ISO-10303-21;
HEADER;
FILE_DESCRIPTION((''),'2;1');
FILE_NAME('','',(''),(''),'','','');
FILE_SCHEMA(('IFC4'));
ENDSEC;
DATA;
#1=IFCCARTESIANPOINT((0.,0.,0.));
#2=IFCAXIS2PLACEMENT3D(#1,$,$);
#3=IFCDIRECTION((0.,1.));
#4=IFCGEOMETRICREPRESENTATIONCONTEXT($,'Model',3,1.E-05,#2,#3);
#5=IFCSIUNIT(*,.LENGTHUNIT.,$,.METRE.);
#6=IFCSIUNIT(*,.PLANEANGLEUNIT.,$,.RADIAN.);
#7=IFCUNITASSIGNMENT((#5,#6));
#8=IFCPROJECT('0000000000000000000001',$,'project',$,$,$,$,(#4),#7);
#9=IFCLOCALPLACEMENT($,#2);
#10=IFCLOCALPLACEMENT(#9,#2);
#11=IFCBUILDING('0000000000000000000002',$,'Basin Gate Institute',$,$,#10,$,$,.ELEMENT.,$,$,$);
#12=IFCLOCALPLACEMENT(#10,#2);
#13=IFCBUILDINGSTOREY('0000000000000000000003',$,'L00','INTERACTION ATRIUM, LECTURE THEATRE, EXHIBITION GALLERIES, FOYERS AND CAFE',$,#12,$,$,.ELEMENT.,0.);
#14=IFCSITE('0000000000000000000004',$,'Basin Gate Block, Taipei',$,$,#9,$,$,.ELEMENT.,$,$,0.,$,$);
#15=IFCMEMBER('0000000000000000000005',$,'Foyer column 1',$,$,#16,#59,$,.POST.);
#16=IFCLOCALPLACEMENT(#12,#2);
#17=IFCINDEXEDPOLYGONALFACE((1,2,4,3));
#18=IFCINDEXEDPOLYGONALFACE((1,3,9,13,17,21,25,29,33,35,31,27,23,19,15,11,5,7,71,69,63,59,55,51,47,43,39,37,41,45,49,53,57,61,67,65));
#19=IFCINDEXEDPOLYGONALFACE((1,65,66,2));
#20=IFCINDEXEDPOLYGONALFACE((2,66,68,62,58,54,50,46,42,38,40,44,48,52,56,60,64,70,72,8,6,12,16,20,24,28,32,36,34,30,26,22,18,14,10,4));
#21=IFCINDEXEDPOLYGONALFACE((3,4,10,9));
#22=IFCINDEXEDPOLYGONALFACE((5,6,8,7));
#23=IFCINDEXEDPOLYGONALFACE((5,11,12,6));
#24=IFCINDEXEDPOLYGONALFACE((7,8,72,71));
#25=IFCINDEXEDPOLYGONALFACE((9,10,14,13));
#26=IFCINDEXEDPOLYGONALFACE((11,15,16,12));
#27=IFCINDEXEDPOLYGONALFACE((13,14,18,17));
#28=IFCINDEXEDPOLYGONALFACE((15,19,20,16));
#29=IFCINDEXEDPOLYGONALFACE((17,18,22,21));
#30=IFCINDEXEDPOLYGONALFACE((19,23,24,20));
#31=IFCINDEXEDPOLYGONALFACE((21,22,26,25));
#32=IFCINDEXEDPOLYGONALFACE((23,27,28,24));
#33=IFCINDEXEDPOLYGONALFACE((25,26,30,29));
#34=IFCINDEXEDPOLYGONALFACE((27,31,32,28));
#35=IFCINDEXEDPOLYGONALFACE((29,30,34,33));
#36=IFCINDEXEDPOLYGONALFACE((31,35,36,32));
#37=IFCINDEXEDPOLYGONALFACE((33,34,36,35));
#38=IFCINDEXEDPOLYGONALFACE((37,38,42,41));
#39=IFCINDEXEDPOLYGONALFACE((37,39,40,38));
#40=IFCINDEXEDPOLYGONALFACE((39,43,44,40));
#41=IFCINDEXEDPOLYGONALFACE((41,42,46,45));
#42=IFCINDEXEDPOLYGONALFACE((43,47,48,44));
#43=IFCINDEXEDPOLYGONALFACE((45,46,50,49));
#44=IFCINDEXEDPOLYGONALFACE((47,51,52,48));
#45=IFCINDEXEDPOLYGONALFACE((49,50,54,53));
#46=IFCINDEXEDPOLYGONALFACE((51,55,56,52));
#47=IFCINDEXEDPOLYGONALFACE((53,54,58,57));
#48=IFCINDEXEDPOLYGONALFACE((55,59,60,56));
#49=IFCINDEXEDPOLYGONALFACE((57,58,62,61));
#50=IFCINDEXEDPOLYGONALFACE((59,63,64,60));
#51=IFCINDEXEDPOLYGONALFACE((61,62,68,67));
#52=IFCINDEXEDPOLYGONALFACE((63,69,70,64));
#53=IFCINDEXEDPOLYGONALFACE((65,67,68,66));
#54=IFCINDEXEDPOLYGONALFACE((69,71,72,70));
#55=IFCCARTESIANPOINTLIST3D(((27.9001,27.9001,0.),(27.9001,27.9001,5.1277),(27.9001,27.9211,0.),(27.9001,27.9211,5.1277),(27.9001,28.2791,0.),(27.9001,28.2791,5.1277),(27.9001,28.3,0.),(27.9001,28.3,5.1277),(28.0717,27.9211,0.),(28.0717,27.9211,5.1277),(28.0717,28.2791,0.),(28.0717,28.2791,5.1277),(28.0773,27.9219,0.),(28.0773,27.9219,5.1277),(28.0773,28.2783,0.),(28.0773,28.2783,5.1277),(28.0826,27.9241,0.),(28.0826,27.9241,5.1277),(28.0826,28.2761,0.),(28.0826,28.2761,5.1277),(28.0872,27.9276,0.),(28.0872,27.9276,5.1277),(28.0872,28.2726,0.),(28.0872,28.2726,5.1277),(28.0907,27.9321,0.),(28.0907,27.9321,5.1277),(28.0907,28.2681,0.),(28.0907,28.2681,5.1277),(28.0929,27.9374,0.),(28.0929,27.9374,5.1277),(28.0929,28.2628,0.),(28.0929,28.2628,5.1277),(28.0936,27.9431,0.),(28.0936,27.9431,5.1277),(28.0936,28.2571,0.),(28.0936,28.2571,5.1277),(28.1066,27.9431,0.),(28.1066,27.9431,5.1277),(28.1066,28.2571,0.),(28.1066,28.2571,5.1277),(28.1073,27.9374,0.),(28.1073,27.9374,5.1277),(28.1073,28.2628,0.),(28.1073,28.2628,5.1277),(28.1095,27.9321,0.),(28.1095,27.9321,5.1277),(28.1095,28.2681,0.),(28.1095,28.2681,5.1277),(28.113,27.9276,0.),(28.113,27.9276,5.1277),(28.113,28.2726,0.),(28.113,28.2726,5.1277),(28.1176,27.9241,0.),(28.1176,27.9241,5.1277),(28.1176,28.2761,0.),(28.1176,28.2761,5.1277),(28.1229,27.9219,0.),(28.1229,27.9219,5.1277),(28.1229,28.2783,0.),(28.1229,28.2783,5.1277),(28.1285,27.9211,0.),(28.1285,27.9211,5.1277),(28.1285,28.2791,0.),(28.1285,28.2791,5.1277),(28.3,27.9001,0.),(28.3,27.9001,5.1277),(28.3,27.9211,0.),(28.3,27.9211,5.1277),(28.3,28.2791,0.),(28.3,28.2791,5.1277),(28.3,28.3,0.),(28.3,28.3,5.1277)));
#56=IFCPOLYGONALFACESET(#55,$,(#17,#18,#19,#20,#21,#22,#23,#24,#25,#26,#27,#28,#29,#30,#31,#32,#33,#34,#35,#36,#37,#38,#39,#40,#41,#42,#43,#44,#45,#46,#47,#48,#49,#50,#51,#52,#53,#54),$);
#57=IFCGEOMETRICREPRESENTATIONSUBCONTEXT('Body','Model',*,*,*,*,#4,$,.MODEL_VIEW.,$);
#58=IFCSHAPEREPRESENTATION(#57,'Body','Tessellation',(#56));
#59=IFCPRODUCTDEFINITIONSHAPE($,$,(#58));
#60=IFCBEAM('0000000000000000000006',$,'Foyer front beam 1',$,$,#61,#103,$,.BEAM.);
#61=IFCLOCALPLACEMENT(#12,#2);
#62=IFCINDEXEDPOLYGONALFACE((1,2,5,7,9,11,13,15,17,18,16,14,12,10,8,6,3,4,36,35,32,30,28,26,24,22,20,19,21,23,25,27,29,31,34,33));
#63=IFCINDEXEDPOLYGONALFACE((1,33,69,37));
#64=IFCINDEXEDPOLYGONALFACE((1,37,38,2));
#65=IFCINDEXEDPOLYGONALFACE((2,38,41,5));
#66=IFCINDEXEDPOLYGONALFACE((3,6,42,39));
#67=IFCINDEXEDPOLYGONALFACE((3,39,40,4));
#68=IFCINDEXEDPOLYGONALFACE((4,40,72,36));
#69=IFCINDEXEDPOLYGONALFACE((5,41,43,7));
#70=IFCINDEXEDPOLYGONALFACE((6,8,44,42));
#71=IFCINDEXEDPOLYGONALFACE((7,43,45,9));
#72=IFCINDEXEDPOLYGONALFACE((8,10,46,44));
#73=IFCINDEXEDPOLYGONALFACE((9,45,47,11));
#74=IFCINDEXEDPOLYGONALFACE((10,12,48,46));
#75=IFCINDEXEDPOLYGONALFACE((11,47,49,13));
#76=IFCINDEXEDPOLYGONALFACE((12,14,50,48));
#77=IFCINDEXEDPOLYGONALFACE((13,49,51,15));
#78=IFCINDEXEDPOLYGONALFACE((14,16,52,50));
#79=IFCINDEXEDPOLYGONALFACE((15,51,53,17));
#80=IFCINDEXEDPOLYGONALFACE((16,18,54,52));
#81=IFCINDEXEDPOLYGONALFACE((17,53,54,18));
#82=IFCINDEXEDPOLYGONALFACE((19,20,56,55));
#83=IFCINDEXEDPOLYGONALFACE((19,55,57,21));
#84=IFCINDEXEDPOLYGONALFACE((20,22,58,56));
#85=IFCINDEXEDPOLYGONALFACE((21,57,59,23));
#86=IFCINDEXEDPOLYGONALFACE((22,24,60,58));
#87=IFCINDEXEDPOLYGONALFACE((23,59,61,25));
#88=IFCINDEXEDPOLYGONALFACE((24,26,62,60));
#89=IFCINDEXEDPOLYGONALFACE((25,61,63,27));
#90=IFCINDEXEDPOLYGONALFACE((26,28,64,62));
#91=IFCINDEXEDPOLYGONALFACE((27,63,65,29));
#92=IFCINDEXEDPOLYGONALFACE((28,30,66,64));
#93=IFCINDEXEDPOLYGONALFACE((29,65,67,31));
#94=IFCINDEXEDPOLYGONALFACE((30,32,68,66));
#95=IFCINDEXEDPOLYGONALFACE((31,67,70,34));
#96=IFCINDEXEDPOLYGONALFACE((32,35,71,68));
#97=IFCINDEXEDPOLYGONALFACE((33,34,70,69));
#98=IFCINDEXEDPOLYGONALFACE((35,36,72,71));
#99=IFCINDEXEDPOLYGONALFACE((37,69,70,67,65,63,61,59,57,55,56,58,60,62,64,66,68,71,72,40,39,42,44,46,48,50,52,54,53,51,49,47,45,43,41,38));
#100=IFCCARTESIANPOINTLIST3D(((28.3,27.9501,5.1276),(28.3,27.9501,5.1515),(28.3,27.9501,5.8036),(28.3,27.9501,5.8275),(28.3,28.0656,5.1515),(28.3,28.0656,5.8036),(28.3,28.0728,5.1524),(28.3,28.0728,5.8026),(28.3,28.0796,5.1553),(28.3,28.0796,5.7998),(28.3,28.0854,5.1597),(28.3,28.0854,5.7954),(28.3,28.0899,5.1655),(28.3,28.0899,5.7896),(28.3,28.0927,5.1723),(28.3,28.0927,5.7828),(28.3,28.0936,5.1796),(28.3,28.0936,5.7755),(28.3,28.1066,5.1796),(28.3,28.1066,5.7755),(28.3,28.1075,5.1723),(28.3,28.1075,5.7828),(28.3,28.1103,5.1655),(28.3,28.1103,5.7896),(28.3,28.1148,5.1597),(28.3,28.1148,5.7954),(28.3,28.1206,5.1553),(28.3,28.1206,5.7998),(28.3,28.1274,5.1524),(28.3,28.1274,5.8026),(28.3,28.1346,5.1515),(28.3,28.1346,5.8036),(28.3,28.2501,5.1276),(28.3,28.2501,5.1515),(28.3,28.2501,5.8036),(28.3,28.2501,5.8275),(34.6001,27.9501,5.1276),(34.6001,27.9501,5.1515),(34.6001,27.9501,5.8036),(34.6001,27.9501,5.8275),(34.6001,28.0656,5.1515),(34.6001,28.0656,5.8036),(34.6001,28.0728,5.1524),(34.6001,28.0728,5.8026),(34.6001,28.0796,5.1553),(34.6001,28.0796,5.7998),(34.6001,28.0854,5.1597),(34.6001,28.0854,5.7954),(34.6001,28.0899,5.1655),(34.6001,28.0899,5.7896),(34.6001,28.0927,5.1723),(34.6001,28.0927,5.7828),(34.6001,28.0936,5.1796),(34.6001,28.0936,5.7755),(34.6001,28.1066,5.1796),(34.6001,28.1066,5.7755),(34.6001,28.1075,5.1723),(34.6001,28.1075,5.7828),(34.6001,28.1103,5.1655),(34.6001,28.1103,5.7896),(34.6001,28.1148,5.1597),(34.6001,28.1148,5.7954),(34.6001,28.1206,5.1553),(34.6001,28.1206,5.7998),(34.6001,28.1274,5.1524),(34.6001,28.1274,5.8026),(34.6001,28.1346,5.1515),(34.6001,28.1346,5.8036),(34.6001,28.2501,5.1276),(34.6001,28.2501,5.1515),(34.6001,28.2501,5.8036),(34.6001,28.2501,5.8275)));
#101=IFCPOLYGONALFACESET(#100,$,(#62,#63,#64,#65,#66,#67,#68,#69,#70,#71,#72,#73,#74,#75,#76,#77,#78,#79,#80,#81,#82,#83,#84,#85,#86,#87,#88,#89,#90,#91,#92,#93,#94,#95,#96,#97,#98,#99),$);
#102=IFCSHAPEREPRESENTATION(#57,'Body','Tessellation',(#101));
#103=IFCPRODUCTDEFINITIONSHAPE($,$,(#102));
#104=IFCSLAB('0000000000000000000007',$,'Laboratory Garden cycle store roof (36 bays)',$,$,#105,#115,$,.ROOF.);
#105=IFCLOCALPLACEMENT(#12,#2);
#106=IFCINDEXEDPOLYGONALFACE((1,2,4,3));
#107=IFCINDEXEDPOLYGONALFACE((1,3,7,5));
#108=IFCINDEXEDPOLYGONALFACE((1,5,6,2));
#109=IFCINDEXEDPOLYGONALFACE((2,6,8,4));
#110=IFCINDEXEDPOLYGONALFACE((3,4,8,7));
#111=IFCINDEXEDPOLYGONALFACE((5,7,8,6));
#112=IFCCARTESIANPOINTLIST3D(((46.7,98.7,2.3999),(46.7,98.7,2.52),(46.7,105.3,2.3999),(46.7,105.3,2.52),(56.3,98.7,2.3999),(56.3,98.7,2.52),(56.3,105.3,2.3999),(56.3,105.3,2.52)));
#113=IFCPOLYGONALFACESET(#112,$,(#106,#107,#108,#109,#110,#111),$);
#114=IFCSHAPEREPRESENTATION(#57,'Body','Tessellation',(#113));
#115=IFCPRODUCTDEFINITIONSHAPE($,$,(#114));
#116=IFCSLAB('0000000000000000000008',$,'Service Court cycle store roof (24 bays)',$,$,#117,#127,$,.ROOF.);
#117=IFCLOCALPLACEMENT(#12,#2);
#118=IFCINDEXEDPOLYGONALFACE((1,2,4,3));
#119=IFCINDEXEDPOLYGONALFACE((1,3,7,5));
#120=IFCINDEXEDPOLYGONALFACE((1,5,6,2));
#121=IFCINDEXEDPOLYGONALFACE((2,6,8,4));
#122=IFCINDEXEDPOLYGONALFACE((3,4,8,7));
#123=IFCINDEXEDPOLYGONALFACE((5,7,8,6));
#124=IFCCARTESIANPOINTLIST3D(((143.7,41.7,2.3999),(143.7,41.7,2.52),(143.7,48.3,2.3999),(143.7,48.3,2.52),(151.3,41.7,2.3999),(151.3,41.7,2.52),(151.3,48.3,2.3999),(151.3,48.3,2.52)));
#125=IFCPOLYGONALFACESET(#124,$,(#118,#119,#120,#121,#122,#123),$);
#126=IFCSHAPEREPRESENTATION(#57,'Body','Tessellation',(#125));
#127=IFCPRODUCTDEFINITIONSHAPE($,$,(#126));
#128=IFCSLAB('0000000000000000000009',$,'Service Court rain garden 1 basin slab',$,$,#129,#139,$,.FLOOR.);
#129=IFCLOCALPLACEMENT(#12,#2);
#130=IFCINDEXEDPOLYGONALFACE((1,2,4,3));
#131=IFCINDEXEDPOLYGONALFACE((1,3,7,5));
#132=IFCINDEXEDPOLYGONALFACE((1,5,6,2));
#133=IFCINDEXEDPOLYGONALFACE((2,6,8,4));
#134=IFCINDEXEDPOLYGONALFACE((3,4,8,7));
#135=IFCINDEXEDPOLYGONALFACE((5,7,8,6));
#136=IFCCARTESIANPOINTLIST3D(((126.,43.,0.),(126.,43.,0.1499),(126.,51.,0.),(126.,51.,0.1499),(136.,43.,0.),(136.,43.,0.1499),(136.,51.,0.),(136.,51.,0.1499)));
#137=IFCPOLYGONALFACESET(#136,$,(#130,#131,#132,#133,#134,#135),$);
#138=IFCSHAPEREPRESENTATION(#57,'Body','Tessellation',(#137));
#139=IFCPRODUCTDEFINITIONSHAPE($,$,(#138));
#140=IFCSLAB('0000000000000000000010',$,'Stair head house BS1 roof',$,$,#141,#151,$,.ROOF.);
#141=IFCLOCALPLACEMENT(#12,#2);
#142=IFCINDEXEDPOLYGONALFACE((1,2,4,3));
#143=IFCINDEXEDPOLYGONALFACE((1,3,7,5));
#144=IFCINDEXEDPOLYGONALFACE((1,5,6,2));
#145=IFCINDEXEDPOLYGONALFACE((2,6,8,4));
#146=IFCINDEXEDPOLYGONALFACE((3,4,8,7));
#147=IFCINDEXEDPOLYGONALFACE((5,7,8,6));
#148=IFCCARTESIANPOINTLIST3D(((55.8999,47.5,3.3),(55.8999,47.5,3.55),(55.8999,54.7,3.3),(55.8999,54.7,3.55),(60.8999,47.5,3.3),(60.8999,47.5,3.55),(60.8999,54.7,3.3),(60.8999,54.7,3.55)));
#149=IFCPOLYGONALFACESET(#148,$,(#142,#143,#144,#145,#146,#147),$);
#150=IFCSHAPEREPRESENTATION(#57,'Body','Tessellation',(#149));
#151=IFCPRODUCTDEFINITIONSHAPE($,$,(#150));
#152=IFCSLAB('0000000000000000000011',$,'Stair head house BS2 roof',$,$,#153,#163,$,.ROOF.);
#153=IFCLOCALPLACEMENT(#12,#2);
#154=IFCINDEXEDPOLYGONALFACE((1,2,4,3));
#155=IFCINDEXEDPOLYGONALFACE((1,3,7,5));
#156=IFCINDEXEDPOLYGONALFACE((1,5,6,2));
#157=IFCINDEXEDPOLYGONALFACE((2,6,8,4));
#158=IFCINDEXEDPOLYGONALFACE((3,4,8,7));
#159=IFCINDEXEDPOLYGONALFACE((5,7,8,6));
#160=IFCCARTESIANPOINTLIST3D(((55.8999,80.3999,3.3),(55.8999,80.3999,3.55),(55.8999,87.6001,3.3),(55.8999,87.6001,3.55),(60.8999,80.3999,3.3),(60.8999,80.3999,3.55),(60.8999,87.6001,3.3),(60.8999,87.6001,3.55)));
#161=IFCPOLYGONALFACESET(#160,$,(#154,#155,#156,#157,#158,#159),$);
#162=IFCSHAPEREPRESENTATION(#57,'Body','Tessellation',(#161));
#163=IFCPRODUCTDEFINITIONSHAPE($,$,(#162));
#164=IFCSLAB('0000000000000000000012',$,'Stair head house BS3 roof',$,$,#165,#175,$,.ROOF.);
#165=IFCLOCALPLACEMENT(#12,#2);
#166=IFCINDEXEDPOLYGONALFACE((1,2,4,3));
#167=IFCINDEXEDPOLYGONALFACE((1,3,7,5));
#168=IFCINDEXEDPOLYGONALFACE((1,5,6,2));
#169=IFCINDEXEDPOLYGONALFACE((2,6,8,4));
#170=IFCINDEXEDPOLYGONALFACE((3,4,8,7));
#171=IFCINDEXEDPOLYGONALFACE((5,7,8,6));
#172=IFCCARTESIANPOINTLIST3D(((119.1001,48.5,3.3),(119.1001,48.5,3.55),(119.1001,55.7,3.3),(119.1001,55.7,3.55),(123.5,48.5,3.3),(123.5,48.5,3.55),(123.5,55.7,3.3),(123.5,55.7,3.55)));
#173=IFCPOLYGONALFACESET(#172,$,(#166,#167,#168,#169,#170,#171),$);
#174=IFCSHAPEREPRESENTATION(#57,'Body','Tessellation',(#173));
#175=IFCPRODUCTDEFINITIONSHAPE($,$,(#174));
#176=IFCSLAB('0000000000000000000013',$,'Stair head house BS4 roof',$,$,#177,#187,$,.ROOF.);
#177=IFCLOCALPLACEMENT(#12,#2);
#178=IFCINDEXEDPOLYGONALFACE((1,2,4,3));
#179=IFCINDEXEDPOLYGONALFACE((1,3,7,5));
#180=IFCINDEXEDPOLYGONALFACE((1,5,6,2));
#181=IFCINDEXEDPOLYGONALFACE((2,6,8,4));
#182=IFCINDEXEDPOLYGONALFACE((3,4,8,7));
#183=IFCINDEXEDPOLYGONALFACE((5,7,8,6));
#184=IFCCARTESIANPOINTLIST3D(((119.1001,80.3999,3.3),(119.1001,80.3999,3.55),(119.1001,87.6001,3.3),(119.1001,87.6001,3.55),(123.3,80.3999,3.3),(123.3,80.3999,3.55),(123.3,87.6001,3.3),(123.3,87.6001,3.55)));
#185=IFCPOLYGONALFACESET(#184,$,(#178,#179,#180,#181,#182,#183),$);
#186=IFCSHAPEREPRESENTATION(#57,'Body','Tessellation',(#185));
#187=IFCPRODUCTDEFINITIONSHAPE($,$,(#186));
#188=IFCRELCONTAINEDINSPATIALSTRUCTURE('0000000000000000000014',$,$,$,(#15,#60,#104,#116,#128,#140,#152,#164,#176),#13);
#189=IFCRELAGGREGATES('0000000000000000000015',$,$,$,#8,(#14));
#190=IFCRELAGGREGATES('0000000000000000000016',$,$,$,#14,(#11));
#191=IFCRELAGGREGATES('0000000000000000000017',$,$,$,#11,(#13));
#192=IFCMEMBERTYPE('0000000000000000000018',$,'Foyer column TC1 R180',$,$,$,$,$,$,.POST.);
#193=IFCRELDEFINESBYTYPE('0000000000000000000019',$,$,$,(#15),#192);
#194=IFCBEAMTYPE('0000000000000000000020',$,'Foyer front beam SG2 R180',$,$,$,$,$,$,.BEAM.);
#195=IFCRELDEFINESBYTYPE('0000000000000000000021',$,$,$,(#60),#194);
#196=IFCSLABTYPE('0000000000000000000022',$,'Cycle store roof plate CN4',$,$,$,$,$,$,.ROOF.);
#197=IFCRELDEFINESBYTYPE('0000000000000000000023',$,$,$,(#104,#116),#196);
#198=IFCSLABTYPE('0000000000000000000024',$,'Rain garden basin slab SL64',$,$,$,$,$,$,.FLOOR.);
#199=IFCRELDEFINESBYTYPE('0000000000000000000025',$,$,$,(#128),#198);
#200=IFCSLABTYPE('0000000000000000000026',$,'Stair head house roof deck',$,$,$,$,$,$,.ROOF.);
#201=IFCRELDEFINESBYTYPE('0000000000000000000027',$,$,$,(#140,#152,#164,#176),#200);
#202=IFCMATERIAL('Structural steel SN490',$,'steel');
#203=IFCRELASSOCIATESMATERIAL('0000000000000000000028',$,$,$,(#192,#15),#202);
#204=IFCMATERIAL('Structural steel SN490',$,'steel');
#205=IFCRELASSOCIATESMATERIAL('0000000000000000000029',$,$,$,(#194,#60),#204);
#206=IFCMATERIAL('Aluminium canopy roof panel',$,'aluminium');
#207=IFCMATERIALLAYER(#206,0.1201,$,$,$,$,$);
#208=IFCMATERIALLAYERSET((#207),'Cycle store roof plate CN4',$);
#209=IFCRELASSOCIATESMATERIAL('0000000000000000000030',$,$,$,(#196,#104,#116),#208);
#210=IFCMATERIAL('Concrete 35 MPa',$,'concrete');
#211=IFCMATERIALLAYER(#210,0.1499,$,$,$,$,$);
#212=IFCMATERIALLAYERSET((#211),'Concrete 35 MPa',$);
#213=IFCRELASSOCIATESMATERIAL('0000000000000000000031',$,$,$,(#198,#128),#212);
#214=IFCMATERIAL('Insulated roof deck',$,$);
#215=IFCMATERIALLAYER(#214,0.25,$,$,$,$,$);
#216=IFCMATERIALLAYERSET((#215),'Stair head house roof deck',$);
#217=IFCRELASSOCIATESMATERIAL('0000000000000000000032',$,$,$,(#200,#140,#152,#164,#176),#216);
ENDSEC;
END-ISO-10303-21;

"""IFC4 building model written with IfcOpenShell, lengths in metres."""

from ifc_helpers import new_model, si_unit, direction, frame, origin, origin_2d, place, context, subcontext, project, spatial, polyline, i_section, outline, extrude, material, layer, layer_set, material_profile, profile_set, type_object, element, save


model = new_model("IFC4")

# Units and contexts
model_context = context("Model", 3, precision=1e-05, world=origin(), true_north=direction((0.0, 1.0)))
body_context = subcontext(model_context, "Body", "Model", "MODEL_VIEW")
ifc_project = project(units=[si_unit("LENGTHUNIT", "METRE"), si_unit("PLANEANGLEUNIT", "RADIAN")], contexts=[model_context])

# Site, building, storey
site_placement = place(None, origin())
site = spatial("IfcSite", under=ifc_project, at=site_placement, Name="Basin Gate Block, Taipei", CompositionType="ELEMENT", RefElevation=0.0)
building_placement = place(site_placement, origin())
building = spatial("IfcBuilding", under=site, at=building_placement, Name="Basin Gate Institute", CompositionType="ELEMENT")
storey_placement = place(building_placement, origin())
storey = spatial("IfcBuildingStorey", under=building, at=storey_placement, Name="L00", Description="INTERACTION ATRIUM, LECTURE THEATRE, EXHIBITION GALLERIES, FOYERS AND CAFE", CompositionType="ELEMENT", Elevation=0.0)

# Member
ifc_material_1 = material(Name="Structural steel SN490", Category="steel")
ifc_material_profile_1 = material_profile(ifc_material_1, i_section(OverallWidth=0.3999, OverallDepth=0.3999, WebThickness=0.0129, FlangeThickness=0.021, FilletRadius=0.022, at=origin_2d()), Name="H400x400")
ifc_profile_set_1 = profile_set([ifc_material_profile_1], Name="Structural steel SN490")
member_type = type_object("IfcMemberType", Name="Foyer column TC1 R180", PredefinedType="POST", material=ifc_profile_set_1)
member_placement = place(storey_placement, frame((28.1001, 28.1001, 0.0), z_axis=(0.0, 0.0, 1.0), x_axis=(1.0, 0.0, 0.0)))
element("IfcMember", 1, at=member_placement, inside=storey, type_object=member_type, material=ifc_profile_set_1, Name="Foyer column 1", PredefinedType="POST", context=body_context, shape_type="SweptSolid", body=[
    extrude(i_section(OverallWidth=0.3999, OverallDepth=0.3999, WebThickness=0.0129, FlangeThickness=0.021, FilletRadius=0.022, at=origin_2d()), origin(), (0.0, 0.0, 1.0), 5.1277),
])

# Beam
ifc_material_2 = material(Name="Structural steel SN490", Category="steel")
ifc_material_profile_2 = material_profile(ifc_material_2, i_section(OverallWidth=0.3, OverallDepth=0.7, WebThickness=0.0129, FlangeThickness=0.0239, FilletRadius=0.0281, at=origin_2d()), Name="H700x300")
ifc_profile_set_2 = profile_set([ifc_material_profile_2], Name="Structural steel SN490")
beam_type = type_object("IfcBeamType", Name="Foyer front beam SG2 R180", PredefinedType="BEAM", material=ifc_profile_set_2)
beam_placement = place(storey_placement, frame((28.3, 28.1001, 5.4775), z_axis=(1.0, 0.0, 0.0), x_axis=(0.0, 1.0, 0.0)))
element("IfcBeam", 2, at=beam_placement, inside=storey, type_object=beam_type, material=ifc_profile_set_2, Name="Foyer front beam 1", PredefinedType="BEAM", context=body_context, shape_type="SweptSolid", body=[
    extrude(i_section(OverallWidth=0.3, OverallDepth=0.7, WebThickness=0.0129, FlangeThickness=0.0239, FilletRadius=0.0281, at=origin_2d()), origin(), (0.0, 0.0, 1.0), 6.3),
])

# Slabs
ifc_material_3 = material(Name="Aluminium canopy roof panel", Category="aluminium")
ifc_layer_1 = layer(ifc_material_3, 0.1201)
ifc_layer_set_1 = layer_set([ifc_layer_1], Name="Cycle store roof plate CN4")
slab_type_1 = type_object("IfcSlabType", Name="Cycle store roof plate CN4", PredefinedType="ROOF", material=ifc_layer_set_1)
slab_1_placement = place(storey_placement, frame((0.0, 0.0, 2.3999)))
element("IfcSlab", 3, at=slab_1_placement, inside=storey, type_object=slab_type_1, material=ifc_layer_set_1, Name="Laboratory Garden cycle store roof (36 bays)", PredefinedType="ROOF", context=body_context, shape_type="SweptSolid", body=[
    extrude(outline(polyline([(46.7, 98.7), (56.3, 98.7), (56.3, 105.3), (46.7, 105.3), (46.7, 98.7)])), origin(), (0.0, 0.0, 1.0), 0.1201),
])
slab_2_placement = place(storey_placement, frame((0.0, 0.0, 2.3999)))
element("IfcSlab", 4, at=slab_2_placement, inside=storey, type_object=slab_type_1, material=ifc_layer_set_1, Name="Service Court cycle store roof (24 bays)", PredefinedType="ROOF", context=body_context, shape_type="SweptSolid", body=[
    extrude(outline(polyline([(143.7, 41.7), (151.3, 41.7), (151.3, 48.3), (143.7, 48.3), (143.7, 41.7)])), origin(), (0.0, 0.0, 1.0), 0.1201),
])
ifc_material_4 = material(Name="Concrete 35 MPa", Category="concrete")
ifc_layer_2 = layer(ifc_material_4, 0.1499)
ifc_layer_set_2 = layer_set([ifc_layer_2], Name="Concrete 35 MPa")
slab_type_2 = type_object("IfcSlabType", Name="Rain garden basin slab SL64", PredefinedType="FLOOR", material=ifc_layer_set_2)
slab_3_placement = place(storey_placement, origin())
element("IfcSlab", 5, at=slab_3_placement, inside=storey, type_object=slab_type_2, material=ifc_layer_set_2, Name="Service Court rain garden 1 basin slab", PredefinedType="FLOOR", context=body_context, shape_type="SweptSolid", body=[
    extrude(outline(polyline([(126.0, 43.0), (136.0, 43.0), (136.0, 51.0), (126.0, 51.0), (126.0, 43.0)])), origin(), (0.0, 0.0, 1.0), 0.1499),
])
ifc_material_5 = material(Name="Insulated roof deck")
ifc_layer_3 = layer(ifc_material_5, 0.25)
ifc_layer_set_3 = layer_set([ifc_layer_3], Name="Stair head house roof deck")
slab_type_3 = type_object("IfcSlabType", Name="Stair head house roof deck", PredefinedType="ROOF", material=ifc_layer_set_3)
slab_4_placement = place(storey_placement, frame((0.0, 0.0, 3.3)))
element("IfcSlab", 6, at=slab_4_placement, inside=storey, type_object=slab_type_3, material=ifc_layer_set_3, Name="Stair head house BS1 roof", PredefinedType="ROOF", context=body_context, shape_type="SweptSolid", body=[
    extrude(outline(polyline([(55.8999, 47.5), (60.8999, 47.5), (60.8999, 54.7), (55.8999, 54.7), (55.8999, 47.5)])), origin(), (0.0, 0.0, 1.0), 0.25),
])
slab_5_placement = place(storey_placement, frame((0.0, 0.0, 3.3)))
element("IfcSlab", 7, at=slab_5_placement, inside=storey, type_object=slab_type_3, material=ifc_layer_set_3, Name="Stair head house BS2 roof", PredefinedType="ROOF", context=body_context, shape_type="SweptSolid", body=[
    extrude(outline(polyline([(55.8999, 80.3999), (60.8999, 80.3999), (60.8999, 87.6001), (55.8999, 87.6001), (55.8999, 80.3999)])), origin(), (0.0, 0.0, 1.0), 0.25),
])
slab_6_placement = place(storey_placement, frame((0.0, 0.0, 3.3)))
element("IfcSlab", 8, at=slab_6_placement, inside=storey, type_object=slab_type_3, material=ifc_layer_set_3, Name="Stair head house BS3 roof", PredefinedType="ROOF", context=body_context, shape_type="SweptSolid", body=[
    extrude(outline(polyline([(119.1001, 48.5), (123.5, 48.5), (123.5, 55.7), (119.1001, 55.7), (119.1001, 48.5)])), origin(), (0.0, 0.0, 1.0), 0.25),
])
slab_7_placement = place(storey_placement, frame((0.0, 0.0, 3.3)))
element("IfcSlab", 9, at=slab_7_placement, inside=storey, type_object=slab_type_3, material=ifc_layer_set_3, Name="Stair head house BS4 roof", PredefinedType="ROOF", context=body_context, shape_type="SweptSolid", body=[
    extrude(outline(polyline([(119.1001, 80.3999), (123.3, 80.3999), (123.3, 87.6001), (119.1001, 87.6001), (119.1001, 80.3999)])), origin(), (0.0, 0.0, 1.0), 0.25),
])

save(model, "model.ifc")
